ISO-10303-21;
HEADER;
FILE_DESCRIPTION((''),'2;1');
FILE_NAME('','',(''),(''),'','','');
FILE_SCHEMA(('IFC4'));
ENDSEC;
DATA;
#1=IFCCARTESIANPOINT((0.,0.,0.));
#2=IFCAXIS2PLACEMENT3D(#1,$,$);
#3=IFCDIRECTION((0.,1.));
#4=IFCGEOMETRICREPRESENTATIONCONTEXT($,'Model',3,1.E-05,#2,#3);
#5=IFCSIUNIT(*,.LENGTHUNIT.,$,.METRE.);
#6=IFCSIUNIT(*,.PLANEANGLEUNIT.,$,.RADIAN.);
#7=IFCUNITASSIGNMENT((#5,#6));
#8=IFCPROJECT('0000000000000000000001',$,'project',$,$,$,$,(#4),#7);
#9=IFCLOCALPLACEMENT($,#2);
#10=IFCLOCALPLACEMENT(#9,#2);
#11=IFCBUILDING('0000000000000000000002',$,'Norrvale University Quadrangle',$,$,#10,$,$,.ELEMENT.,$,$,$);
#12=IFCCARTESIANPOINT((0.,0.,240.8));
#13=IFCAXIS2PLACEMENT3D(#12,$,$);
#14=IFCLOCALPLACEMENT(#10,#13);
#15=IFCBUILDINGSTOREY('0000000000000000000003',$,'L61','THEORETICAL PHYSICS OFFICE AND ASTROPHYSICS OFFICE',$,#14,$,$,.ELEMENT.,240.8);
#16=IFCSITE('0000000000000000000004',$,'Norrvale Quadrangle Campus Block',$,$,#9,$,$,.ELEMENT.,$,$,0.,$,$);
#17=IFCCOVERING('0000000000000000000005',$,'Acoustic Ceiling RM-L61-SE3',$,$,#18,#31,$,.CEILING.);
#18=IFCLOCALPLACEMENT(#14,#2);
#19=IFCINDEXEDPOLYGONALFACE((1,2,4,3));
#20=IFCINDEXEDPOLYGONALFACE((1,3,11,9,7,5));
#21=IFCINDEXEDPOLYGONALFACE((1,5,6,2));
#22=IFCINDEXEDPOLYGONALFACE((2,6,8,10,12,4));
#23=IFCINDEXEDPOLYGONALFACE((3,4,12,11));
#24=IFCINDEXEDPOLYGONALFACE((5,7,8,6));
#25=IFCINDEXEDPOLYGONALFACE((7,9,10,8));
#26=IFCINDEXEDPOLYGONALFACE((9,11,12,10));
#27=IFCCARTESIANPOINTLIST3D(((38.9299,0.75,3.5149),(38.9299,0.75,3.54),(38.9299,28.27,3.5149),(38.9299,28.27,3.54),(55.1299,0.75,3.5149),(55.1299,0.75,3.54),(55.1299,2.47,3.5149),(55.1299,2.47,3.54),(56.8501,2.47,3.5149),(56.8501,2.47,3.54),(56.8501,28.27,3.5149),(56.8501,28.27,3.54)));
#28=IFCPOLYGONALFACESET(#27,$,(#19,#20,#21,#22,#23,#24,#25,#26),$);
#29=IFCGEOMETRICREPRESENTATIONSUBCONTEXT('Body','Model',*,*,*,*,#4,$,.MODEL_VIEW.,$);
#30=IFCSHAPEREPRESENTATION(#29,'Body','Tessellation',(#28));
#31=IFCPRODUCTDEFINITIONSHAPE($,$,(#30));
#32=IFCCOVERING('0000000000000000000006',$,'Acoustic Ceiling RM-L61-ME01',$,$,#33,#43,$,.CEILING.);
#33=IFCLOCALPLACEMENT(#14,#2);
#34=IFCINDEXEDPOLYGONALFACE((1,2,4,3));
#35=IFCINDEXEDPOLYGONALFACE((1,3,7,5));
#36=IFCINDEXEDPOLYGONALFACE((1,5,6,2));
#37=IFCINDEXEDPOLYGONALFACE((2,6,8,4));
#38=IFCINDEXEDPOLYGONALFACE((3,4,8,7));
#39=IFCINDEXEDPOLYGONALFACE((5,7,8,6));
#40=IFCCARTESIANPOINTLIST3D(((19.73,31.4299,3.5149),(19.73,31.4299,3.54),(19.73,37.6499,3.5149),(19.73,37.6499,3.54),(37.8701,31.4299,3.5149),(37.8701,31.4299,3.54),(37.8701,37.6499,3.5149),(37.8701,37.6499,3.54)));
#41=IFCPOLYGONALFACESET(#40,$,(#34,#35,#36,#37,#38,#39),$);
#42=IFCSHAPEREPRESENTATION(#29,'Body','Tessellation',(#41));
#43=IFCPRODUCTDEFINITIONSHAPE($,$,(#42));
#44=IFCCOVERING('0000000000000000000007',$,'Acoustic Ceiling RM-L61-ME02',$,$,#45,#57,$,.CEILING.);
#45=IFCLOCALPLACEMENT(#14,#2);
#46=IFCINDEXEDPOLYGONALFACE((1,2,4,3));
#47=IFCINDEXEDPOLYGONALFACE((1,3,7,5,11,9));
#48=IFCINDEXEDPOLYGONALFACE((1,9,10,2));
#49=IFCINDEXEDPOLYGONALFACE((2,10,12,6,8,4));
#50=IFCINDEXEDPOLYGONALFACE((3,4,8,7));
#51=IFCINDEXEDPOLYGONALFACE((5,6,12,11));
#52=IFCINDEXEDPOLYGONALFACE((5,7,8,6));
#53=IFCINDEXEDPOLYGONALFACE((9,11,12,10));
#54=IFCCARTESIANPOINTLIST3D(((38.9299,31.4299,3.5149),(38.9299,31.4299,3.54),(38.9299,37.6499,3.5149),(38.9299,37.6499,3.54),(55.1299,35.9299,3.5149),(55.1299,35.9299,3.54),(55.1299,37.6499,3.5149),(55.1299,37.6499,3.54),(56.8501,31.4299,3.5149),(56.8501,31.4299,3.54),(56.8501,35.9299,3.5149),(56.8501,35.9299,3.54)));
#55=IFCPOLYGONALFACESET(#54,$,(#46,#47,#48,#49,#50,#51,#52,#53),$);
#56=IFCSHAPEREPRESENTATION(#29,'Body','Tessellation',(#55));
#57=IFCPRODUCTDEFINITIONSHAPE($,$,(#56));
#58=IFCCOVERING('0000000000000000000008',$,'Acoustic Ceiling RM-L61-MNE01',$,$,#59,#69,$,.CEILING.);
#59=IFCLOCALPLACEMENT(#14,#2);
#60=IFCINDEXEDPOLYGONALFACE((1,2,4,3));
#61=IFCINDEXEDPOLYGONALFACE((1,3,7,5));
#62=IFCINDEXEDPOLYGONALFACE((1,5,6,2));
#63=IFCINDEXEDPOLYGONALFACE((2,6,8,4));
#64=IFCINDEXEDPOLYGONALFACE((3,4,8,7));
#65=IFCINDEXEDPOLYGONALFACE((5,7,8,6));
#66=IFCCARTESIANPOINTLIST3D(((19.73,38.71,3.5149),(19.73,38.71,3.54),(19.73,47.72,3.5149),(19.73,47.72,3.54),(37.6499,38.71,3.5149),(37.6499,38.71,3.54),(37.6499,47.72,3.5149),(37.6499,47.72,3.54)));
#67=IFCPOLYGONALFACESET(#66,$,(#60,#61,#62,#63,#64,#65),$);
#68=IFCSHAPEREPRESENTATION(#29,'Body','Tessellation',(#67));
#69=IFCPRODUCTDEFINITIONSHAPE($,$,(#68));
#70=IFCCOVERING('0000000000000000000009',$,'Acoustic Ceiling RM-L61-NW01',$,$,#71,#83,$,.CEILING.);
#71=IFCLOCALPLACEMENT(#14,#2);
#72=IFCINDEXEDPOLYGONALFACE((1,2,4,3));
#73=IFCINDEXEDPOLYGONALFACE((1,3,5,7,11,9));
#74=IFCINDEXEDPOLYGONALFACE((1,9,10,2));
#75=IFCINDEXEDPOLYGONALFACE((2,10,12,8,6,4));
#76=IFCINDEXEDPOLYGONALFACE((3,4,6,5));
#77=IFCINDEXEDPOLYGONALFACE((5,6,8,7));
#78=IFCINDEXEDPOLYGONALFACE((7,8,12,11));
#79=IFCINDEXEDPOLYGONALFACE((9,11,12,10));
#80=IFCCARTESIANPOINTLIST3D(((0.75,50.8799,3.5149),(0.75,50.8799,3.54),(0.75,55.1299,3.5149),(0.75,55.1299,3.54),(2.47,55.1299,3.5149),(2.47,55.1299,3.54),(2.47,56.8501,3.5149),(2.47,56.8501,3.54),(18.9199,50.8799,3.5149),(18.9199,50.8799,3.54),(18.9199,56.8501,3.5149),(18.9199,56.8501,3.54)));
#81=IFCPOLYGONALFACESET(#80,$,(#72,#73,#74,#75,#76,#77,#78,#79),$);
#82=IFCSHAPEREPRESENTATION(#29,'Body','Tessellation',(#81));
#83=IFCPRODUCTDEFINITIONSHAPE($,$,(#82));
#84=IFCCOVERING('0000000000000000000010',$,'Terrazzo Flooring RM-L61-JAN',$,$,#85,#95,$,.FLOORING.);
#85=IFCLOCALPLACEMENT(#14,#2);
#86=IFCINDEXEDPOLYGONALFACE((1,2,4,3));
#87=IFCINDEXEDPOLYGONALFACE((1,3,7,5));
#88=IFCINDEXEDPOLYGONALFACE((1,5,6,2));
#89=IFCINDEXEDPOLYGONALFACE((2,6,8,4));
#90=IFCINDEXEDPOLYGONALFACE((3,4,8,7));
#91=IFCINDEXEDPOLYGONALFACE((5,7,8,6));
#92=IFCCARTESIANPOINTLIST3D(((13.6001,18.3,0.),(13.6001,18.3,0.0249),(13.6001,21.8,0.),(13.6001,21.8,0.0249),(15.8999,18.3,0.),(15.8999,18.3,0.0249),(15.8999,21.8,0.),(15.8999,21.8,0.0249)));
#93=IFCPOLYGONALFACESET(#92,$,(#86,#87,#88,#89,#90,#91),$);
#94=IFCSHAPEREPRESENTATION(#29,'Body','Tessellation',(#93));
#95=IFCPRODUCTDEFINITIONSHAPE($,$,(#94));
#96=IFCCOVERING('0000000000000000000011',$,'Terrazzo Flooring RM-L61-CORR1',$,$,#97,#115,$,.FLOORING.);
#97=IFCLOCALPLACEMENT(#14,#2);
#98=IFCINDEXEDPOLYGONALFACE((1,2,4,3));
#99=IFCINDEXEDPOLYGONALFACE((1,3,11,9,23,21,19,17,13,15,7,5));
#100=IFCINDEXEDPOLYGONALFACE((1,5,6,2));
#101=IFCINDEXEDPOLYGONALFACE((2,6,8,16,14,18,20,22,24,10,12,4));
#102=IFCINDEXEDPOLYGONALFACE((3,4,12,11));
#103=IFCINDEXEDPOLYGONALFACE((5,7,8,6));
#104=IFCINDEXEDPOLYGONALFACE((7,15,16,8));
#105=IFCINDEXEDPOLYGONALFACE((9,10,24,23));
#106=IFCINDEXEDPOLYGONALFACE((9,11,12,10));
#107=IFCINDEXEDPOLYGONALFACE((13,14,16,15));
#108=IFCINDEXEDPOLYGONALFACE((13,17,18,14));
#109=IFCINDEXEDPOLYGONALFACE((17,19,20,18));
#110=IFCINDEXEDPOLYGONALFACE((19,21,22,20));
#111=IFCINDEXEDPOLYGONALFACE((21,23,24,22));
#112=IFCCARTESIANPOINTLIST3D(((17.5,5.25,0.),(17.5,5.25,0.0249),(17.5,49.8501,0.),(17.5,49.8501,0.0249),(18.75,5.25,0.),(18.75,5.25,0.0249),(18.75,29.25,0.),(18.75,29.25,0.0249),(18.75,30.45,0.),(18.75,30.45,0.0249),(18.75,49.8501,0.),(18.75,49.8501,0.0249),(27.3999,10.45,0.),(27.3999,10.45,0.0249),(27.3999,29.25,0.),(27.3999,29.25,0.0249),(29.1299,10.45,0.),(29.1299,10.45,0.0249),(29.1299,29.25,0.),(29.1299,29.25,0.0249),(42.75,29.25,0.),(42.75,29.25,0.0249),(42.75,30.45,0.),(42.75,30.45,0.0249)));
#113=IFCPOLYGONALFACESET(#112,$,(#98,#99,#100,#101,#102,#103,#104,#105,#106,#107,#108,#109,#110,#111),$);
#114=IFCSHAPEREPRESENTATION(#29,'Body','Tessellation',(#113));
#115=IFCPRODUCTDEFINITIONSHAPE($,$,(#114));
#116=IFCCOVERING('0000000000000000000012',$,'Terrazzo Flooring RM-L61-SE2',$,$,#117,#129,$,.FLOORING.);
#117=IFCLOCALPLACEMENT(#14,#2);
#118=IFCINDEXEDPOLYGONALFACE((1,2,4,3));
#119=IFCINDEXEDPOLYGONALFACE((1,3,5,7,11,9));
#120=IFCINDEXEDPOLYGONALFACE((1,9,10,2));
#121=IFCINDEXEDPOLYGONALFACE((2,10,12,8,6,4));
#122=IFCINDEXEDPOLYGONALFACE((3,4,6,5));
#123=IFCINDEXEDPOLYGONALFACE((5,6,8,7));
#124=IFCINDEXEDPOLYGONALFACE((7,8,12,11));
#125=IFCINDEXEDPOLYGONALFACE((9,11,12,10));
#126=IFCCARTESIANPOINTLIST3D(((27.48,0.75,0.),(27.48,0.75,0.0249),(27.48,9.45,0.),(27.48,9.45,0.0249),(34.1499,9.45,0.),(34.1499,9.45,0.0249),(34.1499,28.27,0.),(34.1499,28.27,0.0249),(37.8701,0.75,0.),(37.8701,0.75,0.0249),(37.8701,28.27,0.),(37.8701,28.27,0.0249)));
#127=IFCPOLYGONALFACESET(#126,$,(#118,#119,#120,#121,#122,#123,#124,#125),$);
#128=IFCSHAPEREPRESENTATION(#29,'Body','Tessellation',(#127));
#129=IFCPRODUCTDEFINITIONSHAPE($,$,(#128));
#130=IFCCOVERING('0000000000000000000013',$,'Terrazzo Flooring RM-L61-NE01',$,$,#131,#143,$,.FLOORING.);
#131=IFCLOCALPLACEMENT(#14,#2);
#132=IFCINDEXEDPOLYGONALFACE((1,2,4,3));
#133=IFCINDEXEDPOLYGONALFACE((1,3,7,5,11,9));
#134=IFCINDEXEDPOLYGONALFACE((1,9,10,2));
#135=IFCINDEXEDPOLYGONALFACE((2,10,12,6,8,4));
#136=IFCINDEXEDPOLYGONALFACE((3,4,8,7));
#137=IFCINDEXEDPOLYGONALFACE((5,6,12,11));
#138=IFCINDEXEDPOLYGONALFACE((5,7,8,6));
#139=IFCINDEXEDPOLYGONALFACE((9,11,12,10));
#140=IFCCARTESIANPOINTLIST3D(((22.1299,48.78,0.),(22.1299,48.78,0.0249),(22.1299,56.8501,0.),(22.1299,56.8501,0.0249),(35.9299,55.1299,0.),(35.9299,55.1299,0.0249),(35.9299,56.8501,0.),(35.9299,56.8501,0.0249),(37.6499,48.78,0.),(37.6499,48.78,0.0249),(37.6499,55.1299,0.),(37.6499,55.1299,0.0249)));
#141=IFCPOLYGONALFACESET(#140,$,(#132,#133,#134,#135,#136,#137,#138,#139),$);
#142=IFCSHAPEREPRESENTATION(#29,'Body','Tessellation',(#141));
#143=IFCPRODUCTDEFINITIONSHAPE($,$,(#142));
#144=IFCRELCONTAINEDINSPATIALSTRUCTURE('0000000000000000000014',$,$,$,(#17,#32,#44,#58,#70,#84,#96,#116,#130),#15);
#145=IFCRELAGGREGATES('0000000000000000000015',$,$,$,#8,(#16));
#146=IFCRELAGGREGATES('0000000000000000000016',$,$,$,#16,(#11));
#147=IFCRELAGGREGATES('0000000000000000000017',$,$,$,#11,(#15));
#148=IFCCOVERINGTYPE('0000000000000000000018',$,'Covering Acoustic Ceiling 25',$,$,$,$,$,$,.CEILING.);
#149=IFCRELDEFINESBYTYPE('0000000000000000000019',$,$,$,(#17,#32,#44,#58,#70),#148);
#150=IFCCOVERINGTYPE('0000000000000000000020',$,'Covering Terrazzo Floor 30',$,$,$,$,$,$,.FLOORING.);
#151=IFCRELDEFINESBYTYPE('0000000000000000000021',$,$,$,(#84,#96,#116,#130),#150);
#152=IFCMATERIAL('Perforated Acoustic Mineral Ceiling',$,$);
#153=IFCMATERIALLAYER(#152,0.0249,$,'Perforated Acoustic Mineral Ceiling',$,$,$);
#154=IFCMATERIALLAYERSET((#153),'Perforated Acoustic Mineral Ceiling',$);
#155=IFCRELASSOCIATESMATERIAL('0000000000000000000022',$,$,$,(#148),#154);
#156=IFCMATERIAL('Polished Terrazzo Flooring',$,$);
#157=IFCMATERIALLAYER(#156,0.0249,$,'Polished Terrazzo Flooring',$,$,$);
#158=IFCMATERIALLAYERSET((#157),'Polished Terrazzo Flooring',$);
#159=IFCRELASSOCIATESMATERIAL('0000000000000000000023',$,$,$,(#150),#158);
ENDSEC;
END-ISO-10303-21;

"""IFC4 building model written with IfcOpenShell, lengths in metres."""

from ifc_helpers import new_model, si_unit, direction, frame, origin, place, context, subcontext, project, spatial, polyline, outline, extrude, material, layer, layer_set, type_object, element, save


model = new_model("IFC4")

# Units and contexts
model_context = context("Model", 3, precision=1e-05, world=origin(), true_north=direction((0.0, 1.0)))
body_context = subcontext(model_context, "Body", "Model", "MODEL_VIEW")
ifc_project = project(units=[si_unit("LENGTHUNIT", "METRE"), si_unit("PLANEANGLEUNIT", "RADIAN")], contexts=[model_context])

# Site, building, storey
site_placement = place(None, origin())
site = spatial("IfcSite", under=ifc_project, at=site_placement, Name="Norrvale Quadrangle Campus Block", CompositionType="ELEMENT", RefElevation=0.0)
building_placement = place(site_placement, origin())
building = spatial("IfcBuilding", under=site, at=building_placement, Name="Norrvale University Quadrangle", CompositionType="ELEMENT")
storey_placement = place(building_placement, frame((0.0, 0.0, 240.8)))
storey = spatial("IfcBuildingStorey", under=building, at=storey_placement, Name="L61", Description="THEORETICAL PHYSICS OFFICE AND ASTROPHYSICS OFFICE", CompositionType="ELEMENT", Elevation=240.8)

# Coverings
ifc_material_1 = material(Name="Perforated Acoustic Mineral Ceiling")
ifc_layer_1 = layer(ifc_material_1, 0.0249, Name="Perforated Acoustic Mineral Ceiling")
ifc_layer_set_1 = layer_set([ifc_layer_1], Name="Perforated Acoustic Mineral Ceiling")
covering_type_1 = type_object("IfcCoveringType", Name="Covering Acoustic Ceiling 25", PredefinedType="CEILING", material=ifc_layer_set_1)
covering_1_placement = place(storey_placement, frame((0.0, 0.0, 3.5149)))
element("IfcCovering", 1, at=covering_1_placement, inside=storey, type_object=covering_type_1, Name="Acoustic Ceiling RM-L61-SE3", PredefinedType="CEILING", context=body_context, shape_type="SweptSolid", body=[
    extrude(outline(polyline([(38.9299, 0.75), (38.9299, 28.27), (56.8501, 28.27), (56.8501, 2.47), (55.1299, 2.47), (55.1299, 0.75), (38.9299, 0.75)])), origin(), (0.0, 0.0, 1.0), 0.0251),
])
covering_2_placement = place(storey_placement, frame((0.0, 0.0, 3.5149)))
element("IfcCovering", 2, at=covering_2_placement, inside=storey, type_object=covering_type_1, Name="Acoustic Ceiling RM-L61-ME01", PredefinedType="CEILING", context=body_context, shape_type="SweptSolid", body=[
    extrude(outline(polyline([(19.73, 37.6499), (37.8701, 37.6499), (37.8701, 31.4299), (19.73, 31.4299), (19.73, 37.6499)])), origin(), (0.0, 0.0, 1.0), 0.0251),
])
covering_3_placement = place(storey_placement, frame((0.0, 0.0, 3.5149)))
element("IfcCovering", 3, at=covering_3_placement, inside=storey, type_object=covering_type_1, Name="Acoustic Ceiling RM-L61-ME02", PredefinedType="CEILING", context=body_context, shape_type="SweptSolid", body=[
    extrude(outline(polyline([(56.8501, 31.4299), (38.9299, 31.4299), (38.9299, 37.6499), (55.1299, 37.6499), (55.1299, 35.9299), (56.8501, 35.9299), (56.8501, 31.4299)])), origin(), (0.0, 0.0, 1.0), 0.0251),
])
covering_4_placement = place(storey_placement, frame((0.0, 0.0, 3.5149)))
element("IfcCovering", 4, at=covering_4_placement, inside=storey, type_object=covering_type_1, Name="Acoustic Ceiling RM-L61-MNE01", PredefinedType="CEILING", context=body_context, shape_type="SweptSolid", body=[
    extrude(outline(polyline([(19.73, 47.72), (37.6499, 47.72), (37.6499, 38.71), (19.73, 38.71), (19.73, 47.72)])), origin(), (0.0, 0.0, 1.0), 0.0251),
])
covering_5_placement = place(storey_placement, frame((0.0, 0.0, 3.5149)))
element("IfcCovering", 5, at=covering_5_placement, inside=storey, type_object=covering_type_1, Name="Acoustic Ceiling RM-L61-NW01", PredefinedType="CEILING", context=body_context, shape_type="SweptSolid", body=[
    extrude(outline(polyline([(18.9199, 56.8501), (18.9199, 50.8799), (0.75, 50.8799), (0.75, 55.1299), (2.47, 55.1299), (2.47, 56.8501), (18.9199, 56.8501)])), origin(), (0.0, 0.0, 1.0), 0.0251),
])
ifc_material_2 = material(Name="Polished Terrazzo Flooring")
ifc_layer_2 = layer(ifc_material_2, 0.0249, Name="Polished Terrazzo Flooring")
ifc_layer_set_2 = layer_set([ifc_layer_2], Name="Polished Terrazzo Flooring")
covering_type_2 = type_object("IfcCoveringType", Name="Covering Terrazzo Floor 30", PredefinedType="FLOORING", material=ifc_layer_set_2)
covering_6_placement = place(storey_placement, origin())
element("IfcCovering", 6, at=covering_6_placement, inside=storey, type_object=covering_type_2, Name="Terrazzo Flooring RM-L61-JAN", PredefinedType="FLOORING", context=body_context, shape_type="SweptSolid", body=[
    extrude(outline(polyline([(13.6001, 18.3), (13.6001, 21.8), (15.8999, 21.8), (15.8999, 18.3), (13.6001, 18.3)])), origin(), (0.0, 0.0, 1.0), 0.0249),
])
covering_7_placement = place(storey_placement, origin())
element("IfcCovering", 7, at=covering_7_placement, inside=storey, type_object=covering_type_2, Name="Terrazzo Flooring RM-L61-CORR1", PredefinedType="FLOORING", context=body_context, shape_type="SweptSolid", body=[
    extrude(outline(polyline([(17.5, 5.25), (17.5, 49.8501), (18.75, 49.8501), (18.75, 30.45), (42.75, 30.45), (42.75, 29.25), (29.1299, 29.25), (29.1299, 10.45), (27.3999, 10.45), (27.3999, 29.25), (18.75, 29.25), (18.75, 5.25), (17.5, 5.25)])), origin(), (0.0, 0.0, 1.0), 0.0249),
])
covering_8_placement = place(storey_placement, origin())
element("IfcCovering", 8, at=covering_8_placement, inside=storey, type_object=covering_type_2, Name="Terrazzo Flooring RM-L61-SE2", PredefinedType="FLOORING", context=body_context, shape_type="SweptSolid", body=[
    extrude(outline(polyline([(27.48, 9.45), (34.1499, 9.45), (34.1499, 28.27), (37.8701, 28.27), (37.8701, 0.75), (27.48, 0.75), (27.48, 9.45)])), origin(), (0.0, 0.0, 1.0), 0.0249),
])
covering_9_placement = place(storey_placement, origin())
element("IfcCovering", 9, at=covering_9_placement, inside=storey, type_object=covering_type_2, Name="Terrazzo Flooring RM-L61-NE01", PredefinedType="FLOORING", context=body_context, shape_type="SweptSolid", body=[
    extrude(outline(polyline([(37.6499, 48.78), (22.1299, 48.78), (22.1299, 56.8501), (35.9299, 56.8501), (35.9299, 55.1299), (37.6499, 55.1299), (37.6499, 48.78)])), origin(), (0.0, 0.0, 1.0), 0.0249),
])

save(model, "model.ifc")
